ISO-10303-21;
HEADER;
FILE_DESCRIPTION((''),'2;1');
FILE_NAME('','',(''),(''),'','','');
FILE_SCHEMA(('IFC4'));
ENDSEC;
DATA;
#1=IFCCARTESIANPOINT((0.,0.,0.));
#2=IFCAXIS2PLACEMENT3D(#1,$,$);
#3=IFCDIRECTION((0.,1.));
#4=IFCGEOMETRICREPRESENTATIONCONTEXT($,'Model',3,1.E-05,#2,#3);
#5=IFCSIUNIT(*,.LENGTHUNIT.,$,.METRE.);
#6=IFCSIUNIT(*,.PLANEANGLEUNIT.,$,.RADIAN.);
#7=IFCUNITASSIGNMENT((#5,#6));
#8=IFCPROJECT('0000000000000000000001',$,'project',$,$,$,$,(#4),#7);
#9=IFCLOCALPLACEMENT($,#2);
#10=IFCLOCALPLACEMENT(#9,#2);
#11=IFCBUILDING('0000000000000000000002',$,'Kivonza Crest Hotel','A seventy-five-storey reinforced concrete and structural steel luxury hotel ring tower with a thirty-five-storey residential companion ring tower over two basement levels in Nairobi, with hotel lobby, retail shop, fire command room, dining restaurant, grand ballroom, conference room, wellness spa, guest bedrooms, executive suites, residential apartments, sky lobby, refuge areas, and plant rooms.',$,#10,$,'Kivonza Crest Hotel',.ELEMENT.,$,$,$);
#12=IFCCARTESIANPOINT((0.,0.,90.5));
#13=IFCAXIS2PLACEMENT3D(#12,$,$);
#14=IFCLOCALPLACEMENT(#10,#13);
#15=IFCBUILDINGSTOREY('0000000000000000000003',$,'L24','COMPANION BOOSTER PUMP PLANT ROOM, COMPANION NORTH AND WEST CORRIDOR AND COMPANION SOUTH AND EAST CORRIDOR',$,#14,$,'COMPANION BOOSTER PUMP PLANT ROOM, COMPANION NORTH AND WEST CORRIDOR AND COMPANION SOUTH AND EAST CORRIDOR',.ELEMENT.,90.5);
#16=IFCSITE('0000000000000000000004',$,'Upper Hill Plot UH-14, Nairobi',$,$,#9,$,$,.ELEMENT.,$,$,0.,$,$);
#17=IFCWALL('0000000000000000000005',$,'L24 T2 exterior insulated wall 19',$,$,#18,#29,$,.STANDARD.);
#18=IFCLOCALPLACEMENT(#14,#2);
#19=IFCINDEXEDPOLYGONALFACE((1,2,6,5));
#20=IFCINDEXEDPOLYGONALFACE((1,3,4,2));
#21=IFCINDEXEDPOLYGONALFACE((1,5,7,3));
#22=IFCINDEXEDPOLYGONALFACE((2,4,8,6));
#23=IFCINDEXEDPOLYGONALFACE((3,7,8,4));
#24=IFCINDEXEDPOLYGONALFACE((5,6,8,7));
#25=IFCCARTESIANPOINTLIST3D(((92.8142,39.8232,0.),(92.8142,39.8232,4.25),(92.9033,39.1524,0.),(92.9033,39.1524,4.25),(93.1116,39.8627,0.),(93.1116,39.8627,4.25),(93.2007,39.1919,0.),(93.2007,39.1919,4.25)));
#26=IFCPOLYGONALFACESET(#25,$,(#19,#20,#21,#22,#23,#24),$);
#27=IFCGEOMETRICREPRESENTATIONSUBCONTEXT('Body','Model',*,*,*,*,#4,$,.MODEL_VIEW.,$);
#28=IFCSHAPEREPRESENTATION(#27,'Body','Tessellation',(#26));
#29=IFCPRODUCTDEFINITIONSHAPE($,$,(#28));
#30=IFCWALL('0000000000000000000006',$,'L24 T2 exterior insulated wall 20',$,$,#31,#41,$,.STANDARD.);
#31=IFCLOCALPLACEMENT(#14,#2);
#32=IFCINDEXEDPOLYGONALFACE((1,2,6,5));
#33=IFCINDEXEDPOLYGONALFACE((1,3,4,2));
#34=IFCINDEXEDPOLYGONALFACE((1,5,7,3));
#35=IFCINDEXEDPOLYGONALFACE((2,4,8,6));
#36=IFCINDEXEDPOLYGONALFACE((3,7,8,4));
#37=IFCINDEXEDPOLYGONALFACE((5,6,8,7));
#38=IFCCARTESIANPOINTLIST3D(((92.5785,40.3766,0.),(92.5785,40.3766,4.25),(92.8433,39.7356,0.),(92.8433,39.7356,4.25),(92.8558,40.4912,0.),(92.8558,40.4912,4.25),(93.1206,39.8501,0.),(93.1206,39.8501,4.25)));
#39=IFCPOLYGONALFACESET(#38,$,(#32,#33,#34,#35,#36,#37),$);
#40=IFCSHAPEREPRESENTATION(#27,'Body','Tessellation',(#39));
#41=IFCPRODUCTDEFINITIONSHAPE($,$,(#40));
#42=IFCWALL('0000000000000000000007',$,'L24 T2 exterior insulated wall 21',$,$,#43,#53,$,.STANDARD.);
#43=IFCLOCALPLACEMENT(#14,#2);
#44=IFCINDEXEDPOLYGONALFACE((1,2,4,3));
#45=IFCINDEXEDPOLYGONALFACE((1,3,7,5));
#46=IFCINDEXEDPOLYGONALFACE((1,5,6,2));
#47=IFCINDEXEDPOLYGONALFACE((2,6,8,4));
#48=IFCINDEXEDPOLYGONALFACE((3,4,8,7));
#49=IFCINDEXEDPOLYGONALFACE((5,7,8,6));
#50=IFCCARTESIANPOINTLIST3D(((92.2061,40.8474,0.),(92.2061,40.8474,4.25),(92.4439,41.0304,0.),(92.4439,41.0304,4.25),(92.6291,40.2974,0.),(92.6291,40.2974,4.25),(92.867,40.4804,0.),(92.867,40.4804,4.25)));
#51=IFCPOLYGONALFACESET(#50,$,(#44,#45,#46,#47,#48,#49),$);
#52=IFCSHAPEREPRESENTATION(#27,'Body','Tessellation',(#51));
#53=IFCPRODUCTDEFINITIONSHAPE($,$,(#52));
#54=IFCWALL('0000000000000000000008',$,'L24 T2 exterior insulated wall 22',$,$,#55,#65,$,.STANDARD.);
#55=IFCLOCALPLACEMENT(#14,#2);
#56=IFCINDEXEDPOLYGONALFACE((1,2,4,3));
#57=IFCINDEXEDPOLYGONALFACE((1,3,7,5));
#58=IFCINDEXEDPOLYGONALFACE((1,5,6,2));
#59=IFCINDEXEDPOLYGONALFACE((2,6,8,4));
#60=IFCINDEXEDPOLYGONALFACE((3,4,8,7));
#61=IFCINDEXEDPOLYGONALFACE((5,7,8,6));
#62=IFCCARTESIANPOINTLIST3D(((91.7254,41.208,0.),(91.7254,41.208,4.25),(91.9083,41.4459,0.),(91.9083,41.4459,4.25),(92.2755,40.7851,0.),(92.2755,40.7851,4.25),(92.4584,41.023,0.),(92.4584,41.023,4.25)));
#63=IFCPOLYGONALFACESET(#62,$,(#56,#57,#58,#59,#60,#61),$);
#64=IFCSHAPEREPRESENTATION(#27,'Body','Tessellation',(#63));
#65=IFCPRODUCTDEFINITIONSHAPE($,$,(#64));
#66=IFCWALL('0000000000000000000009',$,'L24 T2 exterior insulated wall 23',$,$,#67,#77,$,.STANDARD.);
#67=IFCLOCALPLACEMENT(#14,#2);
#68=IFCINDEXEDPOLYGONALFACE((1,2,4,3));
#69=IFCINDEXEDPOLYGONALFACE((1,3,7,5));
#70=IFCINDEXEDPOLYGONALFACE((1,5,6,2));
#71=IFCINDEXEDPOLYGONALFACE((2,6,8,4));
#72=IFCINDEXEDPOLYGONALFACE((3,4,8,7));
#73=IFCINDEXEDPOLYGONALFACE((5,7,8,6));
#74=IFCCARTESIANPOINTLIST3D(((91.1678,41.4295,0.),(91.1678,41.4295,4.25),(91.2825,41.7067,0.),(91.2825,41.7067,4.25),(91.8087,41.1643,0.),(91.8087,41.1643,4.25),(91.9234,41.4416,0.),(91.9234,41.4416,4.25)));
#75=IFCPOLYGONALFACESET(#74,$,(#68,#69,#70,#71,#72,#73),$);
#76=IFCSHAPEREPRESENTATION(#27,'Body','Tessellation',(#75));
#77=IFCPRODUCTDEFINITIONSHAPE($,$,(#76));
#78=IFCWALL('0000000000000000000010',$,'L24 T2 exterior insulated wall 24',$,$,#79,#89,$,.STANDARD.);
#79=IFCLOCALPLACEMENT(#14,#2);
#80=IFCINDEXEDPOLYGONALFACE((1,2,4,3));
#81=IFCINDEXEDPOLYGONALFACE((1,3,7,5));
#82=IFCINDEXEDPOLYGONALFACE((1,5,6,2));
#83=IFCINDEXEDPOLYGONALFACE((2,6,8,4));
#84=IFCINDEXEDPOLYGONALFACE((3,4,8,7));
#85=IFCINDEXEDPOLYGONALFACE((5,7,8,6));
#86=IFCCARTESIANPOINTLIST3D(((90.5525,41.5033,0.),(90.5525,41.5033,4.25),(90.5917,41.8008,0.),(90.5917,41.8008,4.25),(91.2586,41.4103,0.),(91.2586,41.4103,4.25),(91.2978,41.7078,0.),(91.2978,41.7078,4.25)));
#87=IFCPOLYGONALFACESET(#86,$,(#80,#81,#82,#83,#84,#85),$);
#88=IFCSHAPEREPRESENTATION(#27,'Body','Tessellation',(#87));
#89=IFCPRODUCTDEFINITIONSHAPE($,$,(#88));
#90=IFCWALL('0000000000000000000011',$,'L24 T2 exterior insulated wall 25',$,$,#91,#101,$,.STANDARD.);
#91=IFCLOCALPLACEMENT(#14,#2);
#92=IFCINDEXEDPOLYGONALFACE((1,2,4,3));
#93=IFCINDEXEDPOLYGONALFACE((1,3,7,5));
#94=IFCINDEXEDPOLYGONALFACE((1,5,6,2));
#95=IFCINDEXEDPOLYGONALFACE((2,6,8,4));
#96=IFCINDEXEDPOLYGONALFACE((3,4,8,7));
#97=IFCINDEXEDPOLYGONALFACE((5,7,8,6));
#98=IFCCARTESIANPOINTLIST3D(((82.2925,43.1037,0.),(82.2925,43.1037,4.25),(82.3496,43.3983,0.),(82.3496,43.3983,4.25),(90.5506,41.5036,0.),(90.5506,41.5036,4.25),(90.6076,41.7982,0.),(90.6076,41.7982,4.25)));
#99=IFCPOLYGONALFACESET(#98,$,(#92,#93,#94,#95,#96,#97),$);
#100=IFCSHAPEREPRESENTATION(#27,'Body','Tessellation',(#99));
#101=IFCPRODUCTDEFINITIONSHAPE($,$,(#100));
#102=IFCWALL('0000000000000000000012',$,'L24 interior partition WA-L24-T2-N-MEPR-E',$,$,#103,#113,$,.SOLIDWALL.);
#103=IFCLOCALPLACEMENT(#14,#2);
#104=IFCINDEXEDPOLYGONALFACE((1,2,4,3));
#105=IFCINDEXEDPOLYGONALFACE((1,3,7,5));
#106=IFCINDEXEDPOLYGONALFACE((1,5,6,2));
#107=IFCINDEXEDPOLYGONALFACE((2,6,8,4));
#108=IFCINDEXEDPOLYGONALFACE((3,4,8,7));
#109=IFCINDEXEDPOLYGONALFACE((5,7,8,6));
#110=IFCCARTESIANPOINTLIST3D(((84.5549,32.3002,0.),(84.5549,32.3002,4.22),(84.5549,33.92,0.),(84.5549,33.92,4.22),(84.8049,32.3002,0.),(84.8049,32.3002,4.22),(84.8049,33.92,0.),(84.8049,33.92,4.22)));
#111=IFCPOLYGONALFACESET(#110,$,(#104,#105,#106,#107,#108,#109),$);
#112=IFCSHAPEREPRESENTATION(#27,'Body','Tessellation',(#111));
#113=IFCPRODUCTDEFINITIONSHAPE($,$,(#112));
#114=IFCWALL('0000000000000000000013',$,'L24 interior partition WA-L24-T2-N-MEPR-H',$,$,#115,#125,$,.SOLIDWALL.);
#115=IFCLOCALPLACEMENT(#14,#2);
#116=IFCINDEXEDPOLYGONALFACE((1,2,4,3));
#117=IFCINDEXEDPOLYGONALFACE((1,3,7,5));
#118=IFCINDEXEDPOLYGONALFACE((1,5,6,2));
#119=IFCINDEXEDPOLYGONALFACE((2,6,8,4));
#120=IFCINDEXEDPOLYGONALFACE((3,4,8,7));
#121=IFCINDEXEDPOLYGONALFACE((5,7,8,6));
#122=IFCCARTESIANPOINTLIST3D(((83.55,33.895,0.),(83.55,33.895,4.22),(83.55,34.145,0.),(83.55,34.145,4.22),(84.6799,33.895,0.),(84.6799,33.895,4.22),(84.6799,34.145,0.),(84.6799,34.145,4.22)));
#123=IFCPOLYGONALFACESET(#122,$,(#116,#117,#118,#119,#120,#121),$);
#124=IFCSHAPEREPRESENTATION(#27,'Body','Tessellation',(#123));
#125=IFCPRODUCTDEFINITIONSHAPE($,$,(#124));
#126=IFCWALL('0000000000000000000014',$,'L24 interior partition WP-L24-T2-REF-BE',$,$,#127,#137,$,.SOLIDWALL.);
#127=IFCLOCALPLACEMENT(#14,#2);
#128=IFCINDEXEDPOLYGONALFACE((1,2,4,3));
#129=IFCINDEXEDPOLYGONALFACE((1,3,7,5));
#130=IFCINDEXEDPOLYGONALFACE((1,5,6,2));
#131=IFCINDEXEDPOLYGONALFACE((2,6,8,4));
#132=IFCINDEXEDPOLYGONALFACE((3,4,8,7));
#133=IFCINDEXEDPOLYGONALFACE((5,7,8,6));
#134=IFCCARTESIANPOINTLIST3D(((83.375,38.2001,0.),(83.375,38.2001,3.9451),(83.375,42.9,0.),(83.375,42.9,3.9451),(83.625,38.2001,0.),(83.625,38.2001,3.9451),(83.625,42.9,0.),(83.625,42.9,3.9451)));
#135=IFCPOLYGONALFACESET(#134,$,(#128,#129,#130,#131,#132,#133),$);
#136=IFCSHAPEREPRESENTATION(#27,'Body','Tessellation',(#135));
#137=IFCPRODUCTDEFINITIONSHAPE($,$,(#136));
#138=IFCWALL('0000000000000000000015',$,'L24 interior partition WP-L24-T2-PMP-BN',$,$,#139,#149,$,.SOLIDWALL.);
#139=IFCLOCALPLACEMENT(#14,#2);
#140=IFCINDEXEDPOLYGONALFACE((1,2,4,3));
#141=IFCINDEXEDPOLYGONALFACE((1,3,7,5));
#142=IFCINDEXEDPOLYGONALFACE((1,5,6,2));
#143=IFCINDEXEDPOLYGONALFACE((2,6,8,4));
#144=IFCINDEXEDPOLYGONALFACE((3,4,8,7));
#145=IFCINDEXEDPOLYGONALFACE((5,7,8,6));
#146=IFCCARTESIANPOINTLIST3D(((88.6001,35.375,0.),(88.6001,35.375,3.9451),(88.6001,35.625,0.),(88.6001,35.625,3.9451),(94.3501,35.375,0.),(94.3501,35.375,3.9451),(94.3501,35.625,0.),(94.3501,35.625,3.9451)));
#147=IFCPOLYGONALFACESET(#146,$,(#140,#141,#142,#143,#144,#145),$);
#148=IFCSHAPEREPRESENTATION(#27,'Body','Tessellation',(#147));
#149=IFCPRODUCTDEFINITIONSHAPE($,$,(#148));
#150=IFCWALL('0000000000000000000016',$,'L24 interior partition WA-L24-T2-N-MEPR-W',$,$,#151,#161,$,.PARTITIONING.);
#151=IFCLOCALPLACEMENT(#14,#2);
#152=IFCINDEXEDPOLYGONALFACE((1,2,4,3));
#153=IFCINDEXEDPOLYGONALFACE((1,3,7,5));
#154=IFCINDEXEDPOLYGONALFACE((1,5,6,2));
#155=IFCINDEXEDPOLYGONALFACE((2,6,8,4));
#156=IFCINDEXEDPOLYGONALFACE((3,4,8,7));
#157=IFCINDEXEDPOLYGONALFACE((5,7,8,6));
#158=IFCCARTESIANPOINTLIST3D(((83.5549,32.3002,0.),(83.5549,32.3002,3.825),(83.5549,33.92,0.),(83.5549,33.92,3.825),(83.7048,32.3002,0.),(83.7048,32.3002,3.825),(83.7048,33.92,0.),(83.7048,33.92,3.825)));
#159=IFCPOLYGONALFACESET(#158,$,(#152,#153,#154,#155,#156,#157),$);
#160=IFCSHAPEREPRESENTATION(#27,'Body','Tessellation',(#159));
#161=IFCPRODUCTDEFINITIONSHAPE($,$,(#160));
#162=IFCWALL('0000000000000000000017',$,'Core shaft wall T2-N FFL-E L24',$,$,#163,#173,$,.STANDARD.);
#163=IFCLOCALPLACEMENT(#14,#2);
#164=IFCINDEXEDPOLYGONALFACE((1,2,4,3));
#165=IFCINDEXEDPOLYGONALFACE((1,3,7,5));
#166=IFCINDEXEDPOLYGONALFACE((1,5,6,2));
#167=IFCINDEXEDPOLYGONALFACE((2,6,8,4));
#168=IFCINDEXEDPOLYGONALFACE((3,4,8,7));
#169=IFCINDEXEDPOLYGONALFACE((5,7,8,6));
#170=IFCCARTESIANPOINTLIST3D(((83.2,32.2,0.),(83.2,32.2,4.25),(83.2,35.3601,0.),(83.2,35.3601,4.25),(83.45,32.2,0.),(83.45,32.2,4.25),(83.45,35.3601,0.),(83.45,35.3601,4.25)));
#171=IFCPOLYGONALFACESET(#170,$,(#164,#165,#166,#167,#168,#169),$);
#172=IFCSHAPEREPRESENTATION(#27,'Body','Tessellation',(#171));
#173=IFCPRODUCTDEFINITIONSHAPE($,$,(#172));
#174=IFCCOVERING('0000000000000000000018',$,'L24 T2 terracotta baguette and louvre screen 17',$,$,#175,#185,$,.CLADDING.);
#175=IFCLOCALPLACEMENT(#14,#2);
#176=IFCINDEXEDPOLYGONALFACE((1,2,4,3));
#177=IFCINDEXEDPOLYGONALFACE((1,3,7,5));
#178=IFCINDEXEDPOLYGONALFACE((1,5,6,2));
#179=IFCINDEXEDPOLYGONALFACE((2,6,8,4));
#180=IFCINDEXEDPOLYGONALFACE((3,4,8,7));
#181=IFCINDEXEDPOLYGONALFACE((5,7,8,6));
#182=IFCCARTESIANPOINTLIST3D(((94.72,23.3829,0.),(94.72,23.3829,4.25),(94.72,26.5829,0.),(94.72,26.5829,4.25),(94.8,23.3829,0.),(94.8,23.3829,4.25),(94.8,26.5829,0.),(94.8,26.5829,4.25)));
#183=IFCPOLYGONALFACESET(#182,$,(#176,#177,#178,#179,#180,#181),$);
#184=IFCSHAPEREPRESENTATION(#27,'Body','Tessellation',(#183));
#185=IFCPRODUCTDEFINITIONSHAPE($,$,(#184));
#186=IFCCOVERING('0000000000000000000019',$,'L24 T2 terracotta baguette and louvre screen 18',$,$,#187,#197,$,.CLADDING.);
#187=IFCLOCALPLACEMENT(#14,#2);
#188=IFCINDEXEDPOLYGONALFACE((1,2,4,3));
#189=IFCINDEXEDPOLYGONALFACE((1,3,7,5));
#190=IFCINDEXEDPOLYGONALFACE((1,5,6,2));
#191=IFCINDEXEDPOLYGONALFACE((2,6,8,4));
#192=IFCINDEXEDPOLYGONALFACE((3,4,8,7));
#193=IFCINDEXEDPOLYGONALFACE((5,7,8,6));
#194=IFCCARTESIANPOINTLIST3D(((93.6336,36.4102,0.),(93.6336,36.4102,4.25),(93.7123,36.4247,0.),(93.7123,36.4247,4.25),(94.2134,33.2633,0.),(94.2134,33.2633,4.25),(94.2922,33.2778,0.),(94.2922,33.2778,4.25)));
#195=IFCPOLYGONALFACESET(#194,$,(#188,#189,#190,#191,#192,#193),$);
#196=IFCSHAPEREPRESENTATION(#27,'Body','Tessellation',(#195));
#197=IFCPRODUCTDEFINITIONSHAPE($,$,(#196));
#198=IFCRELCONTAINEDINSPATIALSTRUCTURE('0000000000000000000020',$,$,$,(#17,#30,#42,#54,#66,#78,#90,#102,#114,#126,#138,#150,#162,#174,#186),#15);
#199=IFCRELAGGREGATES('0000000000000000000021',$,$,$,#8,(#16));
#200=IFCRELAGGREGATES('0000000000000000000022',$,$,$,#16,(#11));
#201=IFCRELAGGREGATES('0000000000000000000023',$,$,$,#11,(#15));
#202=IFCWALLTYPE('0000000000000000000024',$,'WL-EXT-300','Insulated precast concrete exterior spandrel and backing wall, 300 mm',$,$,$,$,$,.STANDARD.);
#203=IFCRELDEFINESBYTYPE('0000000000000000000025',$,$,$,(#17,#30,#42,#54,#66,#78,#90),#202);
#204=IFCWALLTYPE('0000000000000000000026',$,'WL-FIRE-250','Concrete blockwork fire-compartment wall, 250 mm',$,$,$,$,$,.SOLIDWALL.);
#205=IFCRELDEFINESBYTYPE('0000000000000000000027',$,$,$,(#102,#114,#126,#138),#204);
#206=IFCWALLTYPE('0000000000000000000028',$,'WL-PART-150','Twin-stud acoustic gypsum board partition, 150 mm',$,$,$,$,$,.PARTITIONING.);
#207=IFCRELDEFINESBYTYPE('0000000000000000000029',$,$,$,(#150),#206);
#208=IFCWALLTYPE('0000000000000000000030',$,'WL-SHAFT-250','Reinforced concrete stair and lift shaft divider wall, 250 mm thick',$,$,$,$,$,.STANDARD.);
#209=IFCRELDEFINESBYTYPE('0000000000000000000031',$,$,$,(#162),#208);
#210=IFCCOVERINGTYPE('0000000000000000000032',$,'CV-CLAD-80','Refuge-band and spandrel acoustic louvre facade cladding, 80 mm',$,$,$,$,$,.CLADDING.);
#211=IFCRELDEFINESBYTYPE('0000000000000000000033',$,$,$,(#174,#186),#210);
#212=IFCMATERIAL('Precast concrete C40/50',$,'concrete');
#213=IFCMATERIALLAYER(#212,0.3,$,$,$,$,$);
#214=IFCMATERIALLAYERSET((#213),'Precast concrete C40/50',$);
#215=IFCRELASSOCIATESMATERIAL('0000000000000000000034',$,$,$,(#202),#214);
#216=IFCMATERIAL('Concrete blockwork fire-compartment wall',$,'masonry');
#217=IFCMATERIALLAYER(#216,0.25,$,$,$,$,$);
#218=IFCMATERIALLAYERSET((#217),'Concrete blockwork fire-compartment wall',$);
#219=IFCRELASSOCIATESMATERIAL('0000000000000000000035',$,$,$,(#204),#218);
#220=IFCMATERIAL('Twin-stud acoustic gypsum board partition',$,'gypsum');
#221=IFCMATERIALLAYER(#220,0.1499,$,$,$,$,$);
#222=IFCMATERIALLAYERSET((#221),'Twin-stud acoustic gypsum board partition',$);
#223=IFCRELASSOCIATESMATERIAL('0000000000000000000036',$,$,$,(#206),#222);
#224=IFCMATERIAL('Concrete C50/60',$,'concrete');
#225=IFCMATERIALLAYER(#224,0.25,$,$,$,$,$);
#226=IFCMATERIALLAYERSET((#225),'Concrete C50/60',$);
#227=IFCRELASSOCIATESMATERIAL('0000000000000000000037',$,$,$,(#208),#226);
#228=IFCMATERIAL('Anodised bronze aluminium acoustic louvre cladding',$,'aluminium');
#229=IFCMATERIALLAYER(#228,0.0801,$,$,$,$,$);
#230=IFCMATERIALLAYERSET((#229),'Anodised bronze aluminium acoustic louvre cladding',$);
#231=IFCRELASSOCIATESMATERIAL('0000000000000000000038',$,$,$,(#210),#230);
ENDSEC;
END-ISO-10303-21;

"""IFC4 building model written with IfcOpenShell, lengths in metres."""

from ifc_helpers import new_model, si_unit, direction, frame, frame_2d, origin, origin_2d, place, context, subcontext, project, spatial, rectangle, extrude, material, layer, layer_set, type_object, element, save


model = new_model("IFC4")

# Units and contexts
model_context = context("Model", 3, precision=1e-05, world=origin(), true_north=direction((0.0, 1.0)))
body_context = subcontext(model_context, "Body", "Model", "MODEL_VIEW")
ifc_project = project(units=[si_unit("LENGTHUNIT", "METRE"), si_unit("PLANEANGLEUNIT", "RADIAN")], contexts=[model_context])

# Site, building, storey
site_placement = place(None, origin())
site = spatial("IfcSite", under=ifc_project, at=site_placement, Name="Upper Hill Plot UH-14, Nairobi", CompositionType="ELEMENT", RefElevation=0.0)
building_placement = place(site_placement, origin())
building = spatial("IfcBuilding", under=site, at=building_placement, Name="Kivonza Crest Hotel", Description="A seventy-five-storey reinforced concrete and structural steel luxury hotel ring tower with a thirty-five-storey residential companion ring tower over two basement levels in Nairobi, with hotel lobby, retail shop, fire command room, dining restaurant, grand ballroom, conference room, wellness spa, guest bedrooms, executive suites, residential apartments, sky lobby, refuge areas, and plant rooms.", LongName="Kivonza Crest Hotel", CompositionType="ELEMENT")
storey_placement = place(building_placement, frame((0.0, 0.0, 90.5)))
storey = spatial("IfcBuildingStorey", under=building, at=storey_placement, Name="L24", Description="COMPANION BOOSTER PUMP PLANT ROOM, COMPANION NORTH AND WEST CORRIDOR AND COMPANION SOUTH AND EAST CORRIDOR", LongName="COMPANION BOOSTER PUMP PLANT ROOM, COMPANION NORTH AND WEST CORRIDOR AND COMPANION SOUTH AND EAST CORRIDOR", CompositionType="ELEMENT", Elevation=90.5)

# Shared definitions
ifc_material_1 = material(Name="Concrete C50/60", Category="concrete")

# Walls
ifc_material_2 = material(Name="Precast concrete C40/50", Category="concrete")
ifc_layer_1 = layer(ifc_material_2, 0.3)
ifc_layer_set_1 = layer_set([ifc_layer_1], Name="Precast concrete C40/50")
wall_type_1 = type_object("IfcWallType", Name="WL-EXT-300", Description="Insulated precast concrete exterior spandrel and backing wall, 300 mm", PredefinedType="STANDARD", material=ifc_layer_set_1)
wall_1_placement = place(storey_placement, frame((93.052, 39.1721, 0.0), z_axis=(0.0, 0.0, 1.0), x_axis=(-0.131667, 0.991294, 0.0)))
element("IfcWall", 1, at=wall_1_placement, inside=storey, type_object=wall_type_1, Name="L24 T2 exterior insulated wall 19", PredefinedType="STANDARD", context=body_context, shape_type="SweptSolid", body=[
    extrude(rectangle(XDim=0.6768, YDim=0.3, at=frame_2d((0.3384, 0.0))), origin(), (0.0, 0.0, 1.0), 4.25),
])
wall_2_placement = place(storey_placement, frame((92.9819, 39.793, 0.0), z_axis=(0.0, 0.0, 1.0), x_axis=(-0.381865, 0.924218, 0.0)))
element("IfcWall", 2, at=wall_2_placement, inside=storey, type_object=wall_type_1, Name="L24 T2 exterior insulated wall 20", PredefinedType="STANDARD", context=body_context, shape_type="SweptSolid", body=[
    extrude(rectangle(XDim=0.6936, YDim=0.3, at=frame_2d((0.3467, 0.0))), origin(), (0.0, 0.0, 1.0), 4.25),
])
for number, where, z_axis, x_axis, name in (
    (3, (92.748, 40.3889, 0.0), (0.0, 0.0, 1.0), (-0.609694, 0.792637, 0.0), "L24 T2 exterior insulated wall 21"),
    (4, (92.3669, 40.9041, 0.0), (0.0, 0.0, 1.0), (-0.792807, 0.609473, 0.0), "L24 T2 exterior insulated wall 22"),
):
    element("IfcWall", number, at=place(storey_placement, frame(where, z_axis=z_axis, x_axis=x_axis)), inside=storey, type_object=wall_type_1, Name=name, PredefinedType="STANDARD", context=body_context, shape_type="SweptSolid", body=[
        extrude(rectangle(XDim=0.6938, YDim=0.3, at=frame_2d((0.3469, 0.0))), origin(), (0.0, 0.0, 1.0), 4.25),
    ])
wall_3_placement = place(storey_placement, frame((91.866, 41.303, 0.0), z_axis=(0.0, 0.0, 1.0), x_axis=(-0.924043, 0.38229, 0.0)))
element("IfcWall", 5, at=wall_3_placement, inside=storey, type_object=wall_type_1, Name="L24 T2 exterior insulated wall 23", PredefinedType="STANDARD", context=body_context, shape_type="SweptSolid", body=[
    extrude(rectangle(XDim=0.6936, YDim=0.3, at=frame_2d((0.3467, 0.0))), origin(), (0.0, 0.0, 1.0), 4.25),
])
wall_4_placement = place(storey_placement, frame((91.2781, 41.5591, 0.0), z_axis=(0.0, 0.0, 1.0), x_axis=(-0.991433, 0.130614, 0.0)))
element("IfcWall", 6, at=wall_4_placement, inside=storey, type_object=wall_type_1, Name="L24 T2 exterior insulated wall 24", PredefinedType="STANDARD", context=body_context, shape_type="SweptSolid", body=[
    extrude(rectangle(XDim=0.7122, YDim=0.3, at=frame_2d((0.356, 0.0))), origin(), (0.0, 0.0, 1.0), 4.25),
])
wall_5_placement = place(storey_placement, frame((90.5791, 41.6509, 0.0), z_axis=(0.0, 0.0, 1.0), x_axis=(-0.981741, 0.190224, 0.0)))
element("IfcWall", 7, at=wall_5_placement, inside=storey, type_object=wall_type_1, Name="L24 T2 exterior insulated wall 25", PredefinedType="STANDARD", context=body_context, shape_type="SweptSolid", body=[
    extrude(rectangle(XDim=8.4116, YDim=0.3, at=frame_2d((4.2058, 0.0))), origin(), (0.0, 0.0, 1.0), 4.25),
])
ifc_material_3 = material(Name="Concrete blockwork fire-compartment wall", Category="masonry")
ifc_layer_2 = layer(ifc_material_3, 0.25)
ifc_layer_set_2 = layer_set([ifc_layer_2], Name="Concrete blockwork fire-compartment wall")
wall_type_2 = type_object("IfcWallType", Name="WL-FIRE-250", Description="Concrete blockwork fire-compartment wall, 250 mm", PredefinedType="SOLIDWALL", material=ifc_layer_set_2)
wall_6_placement = place(storey_placement, frame((84.6799, 32.3, 0.0), z_axis=(0.0, 0.0, 1.0), x_axis=(0.0, 1.0, 0.0)))
element("IfcWall", 8, at=wall_6_placement, inside=storey, type_object=wall_type_2, Name="L24 interior partition WA-L24-T2-N-MEPR-E", PredefinedType="SOLIDWALL", context=body_context, shape_type="SweptSolid", body=[
    extrude(rectangle(XDim=1.6199, YDim=0.25, at=frame_2d((0.8101, 0.0))), origin(), (0.0, 0.0, 1.0), 4.22),
])
wall_7_placement = place(storey_placement, frame((83.55, 34.02, 0.0), z_axis=(0.0, 0.0, 1.0), x_axis=(1.0, 0.0, 0.0)))
element("IfcWall", 9, at=wall_7_placement, inside=storey, type_object=wall_type_2, Name="L24 interior partition WA-L24-T2-N-MEPR-H", PredefinedType="SOLIDWALL", context=body_context, shape_type="SweptSolid", body=[
    extrude(rectangle(XDim=1.1299, YDim=0.25, at=frame_2d((0.5649, 0.0))), origin(), (0.0, 0.0, 1.0), 4.22),
])
wall_8_placement = place(storey_placement, frame((83.5, 38.2, 0.0), z_axis=(0.0, 0.0, 1.0), x_axis=(0.0, 1.0, 0.0)))
element("IfcWall", 10, at=wall_8_placement, inside=storey, type_object=wall_type_2, Name="L24 interior partition WP-L24-T2-REF-BE", PredefinedType="SOLIDWALL", context=body_context, shape_type="SweptSolid", body=[
    extrude(rectangle(XDim=4.7, YDim=0.25, at=frame_2d((2.3501, 0.0))), origin(), (0.0, 0.0, 1.0), 3.9451),
])
wall_9_placement = place(storey_placement, frame((88.6001, 35.5, 0.0), z_axis=(0.0, 0.0, 1.0), x_axis=(1.0, 0.0, 0.0)))
element("IfcWall", 11, at=wall_9_placement, inside=storey, type_object=wall_type_2, Name="L24 interior partition WP-L24-T2-PMP-BN", PredefinedType="SOLIDWALL", context=body_context, shape_type="SweptSolid", body=[
    extrude(rectangle(XDim=5.75, YDim=0.25, at=frame_2d((2.875, 0.0))), origin(), (0.0, 0.0, 1.0), 3.9451),
])
ifc_material_4 = material(Name="Twin-stud acoustic gypsum board partition", Category="gypsum")
ifc_layer_3 = layer(ifc_material_4, 0.1499)
ifc_layer_set_3 = layer_set([ifc_layer_3], Name="Twin-stud acoustic gypsum board partition")
wall_type_3 = type_object("IfcWallType", Name="WL-PART-150", Description="Twin-stud acoustic gypsum board partition, 150 mm", PredefinedType="PARTITIONING", material=ifc_layer_set_3)
wall_10_placement = place(storey_placement, frame((83.6299, 32.3, 0.0), z_axis=(0.0, 0.0, 1.0), x_axis=(0.0, 1.0, 0.0)))
element("IfcWall", 12, at=wall_10_placement, inside=storey, type_object=wall_type_3, Name="L24 interior partition WA-L24-T2-N-MEPR-W", PredefinedType="PARTITIONING", context=body_context, shape_type="SweptSolid", body=[
    extrude(rectangle(XDim=1.6199, YDim=0.1499, at=frame_2d((0.8101, 0.0))), origin(), (0.0, 0.0, 1.0), 3.825),
])
ifc_layer_4 = layer(ifc_material_1, 0.25)
ifc_layer_set_4 = layer_set([ifc_layer_4], Name="Concrete C50/60")
wall_type_4 = type_object("IfcWallType", Name="WL-SHAFT-250", Description="Reinforced concrete stair and lift shaft divider wall, 250 mm thick", PredefinedType="STANDARD", material=ifc_layer_set_4)
wall_11_placement = place(storey_placement, frame((83.325, 32.2, 0.0), z_axis=(0.0, 0.0, 1.0), x_axis=(0.0, 1.0, 0.0)))
element("IfcWall", 13, at=wall_11_placement, inside=storey, type_object=wall_type_4, Name="Core shaft wall T2-N FFL-E L24", PredefinedType="STANDARD", context=body_context, shape_type="SweptSolid", body=[
    extrude(rectangle(XDim=3.1602, YDim=0.25, at=frame_2d((1.5801, 0.0))), origin(), (0.0, 0.0, 1.0), 4.25),
])

# Coverings
ifc_material_5 = material(Name="Anodised bronze aluminium acoustic louvre cladding", Category="aluminium")
ifc_layer_5 = layer(ifc_material_5, 0.0801)
ifc_layer_set_5 = layer_set([ifc_layer_5], Name="Anodised bronze aluminium acoustic louvre cladding")
covering_type = type_object("IfcCoveringType", Name="CV-CLAD-80", Description="Refuge-band and spandrel acoustic louvre facade cladding, 80 mm", PredefinedType="CLADDING", material=ifc_layer_set_5)
for number, where, z_axis, x_axis, name in (
    (14, (94.76, 24.9829, 0.0), (0.0, 0.0, 1.0), (0.0, 1.0, 0.0), "L24 T2 terracotta baguette and louvre screen 17"),
    (15, (93.9629, 34.844, 0.0), (0.0, 0.0, 1.0), (-0.181206, 0.983445, 0.0), "L24 T2 terracotta baguette and louvre screen 18"),
):
    element("IfcCovering", number, at=place(storey_placement, frame(where, z_axis=z_axis, x_axis=x_axis)), inside=storey, type_object=covering_type, Name=name, PredefinedType="CLADDING", context=body_context, shape_type="SweptSolid", body=[
        extrude(rectangle(XDim=3.2, YDim=0.0801, at=origin_2d()), origin(), (0.0, 0.0, 1.0), 4.25),
    ])

save(model, "model.ifc")
